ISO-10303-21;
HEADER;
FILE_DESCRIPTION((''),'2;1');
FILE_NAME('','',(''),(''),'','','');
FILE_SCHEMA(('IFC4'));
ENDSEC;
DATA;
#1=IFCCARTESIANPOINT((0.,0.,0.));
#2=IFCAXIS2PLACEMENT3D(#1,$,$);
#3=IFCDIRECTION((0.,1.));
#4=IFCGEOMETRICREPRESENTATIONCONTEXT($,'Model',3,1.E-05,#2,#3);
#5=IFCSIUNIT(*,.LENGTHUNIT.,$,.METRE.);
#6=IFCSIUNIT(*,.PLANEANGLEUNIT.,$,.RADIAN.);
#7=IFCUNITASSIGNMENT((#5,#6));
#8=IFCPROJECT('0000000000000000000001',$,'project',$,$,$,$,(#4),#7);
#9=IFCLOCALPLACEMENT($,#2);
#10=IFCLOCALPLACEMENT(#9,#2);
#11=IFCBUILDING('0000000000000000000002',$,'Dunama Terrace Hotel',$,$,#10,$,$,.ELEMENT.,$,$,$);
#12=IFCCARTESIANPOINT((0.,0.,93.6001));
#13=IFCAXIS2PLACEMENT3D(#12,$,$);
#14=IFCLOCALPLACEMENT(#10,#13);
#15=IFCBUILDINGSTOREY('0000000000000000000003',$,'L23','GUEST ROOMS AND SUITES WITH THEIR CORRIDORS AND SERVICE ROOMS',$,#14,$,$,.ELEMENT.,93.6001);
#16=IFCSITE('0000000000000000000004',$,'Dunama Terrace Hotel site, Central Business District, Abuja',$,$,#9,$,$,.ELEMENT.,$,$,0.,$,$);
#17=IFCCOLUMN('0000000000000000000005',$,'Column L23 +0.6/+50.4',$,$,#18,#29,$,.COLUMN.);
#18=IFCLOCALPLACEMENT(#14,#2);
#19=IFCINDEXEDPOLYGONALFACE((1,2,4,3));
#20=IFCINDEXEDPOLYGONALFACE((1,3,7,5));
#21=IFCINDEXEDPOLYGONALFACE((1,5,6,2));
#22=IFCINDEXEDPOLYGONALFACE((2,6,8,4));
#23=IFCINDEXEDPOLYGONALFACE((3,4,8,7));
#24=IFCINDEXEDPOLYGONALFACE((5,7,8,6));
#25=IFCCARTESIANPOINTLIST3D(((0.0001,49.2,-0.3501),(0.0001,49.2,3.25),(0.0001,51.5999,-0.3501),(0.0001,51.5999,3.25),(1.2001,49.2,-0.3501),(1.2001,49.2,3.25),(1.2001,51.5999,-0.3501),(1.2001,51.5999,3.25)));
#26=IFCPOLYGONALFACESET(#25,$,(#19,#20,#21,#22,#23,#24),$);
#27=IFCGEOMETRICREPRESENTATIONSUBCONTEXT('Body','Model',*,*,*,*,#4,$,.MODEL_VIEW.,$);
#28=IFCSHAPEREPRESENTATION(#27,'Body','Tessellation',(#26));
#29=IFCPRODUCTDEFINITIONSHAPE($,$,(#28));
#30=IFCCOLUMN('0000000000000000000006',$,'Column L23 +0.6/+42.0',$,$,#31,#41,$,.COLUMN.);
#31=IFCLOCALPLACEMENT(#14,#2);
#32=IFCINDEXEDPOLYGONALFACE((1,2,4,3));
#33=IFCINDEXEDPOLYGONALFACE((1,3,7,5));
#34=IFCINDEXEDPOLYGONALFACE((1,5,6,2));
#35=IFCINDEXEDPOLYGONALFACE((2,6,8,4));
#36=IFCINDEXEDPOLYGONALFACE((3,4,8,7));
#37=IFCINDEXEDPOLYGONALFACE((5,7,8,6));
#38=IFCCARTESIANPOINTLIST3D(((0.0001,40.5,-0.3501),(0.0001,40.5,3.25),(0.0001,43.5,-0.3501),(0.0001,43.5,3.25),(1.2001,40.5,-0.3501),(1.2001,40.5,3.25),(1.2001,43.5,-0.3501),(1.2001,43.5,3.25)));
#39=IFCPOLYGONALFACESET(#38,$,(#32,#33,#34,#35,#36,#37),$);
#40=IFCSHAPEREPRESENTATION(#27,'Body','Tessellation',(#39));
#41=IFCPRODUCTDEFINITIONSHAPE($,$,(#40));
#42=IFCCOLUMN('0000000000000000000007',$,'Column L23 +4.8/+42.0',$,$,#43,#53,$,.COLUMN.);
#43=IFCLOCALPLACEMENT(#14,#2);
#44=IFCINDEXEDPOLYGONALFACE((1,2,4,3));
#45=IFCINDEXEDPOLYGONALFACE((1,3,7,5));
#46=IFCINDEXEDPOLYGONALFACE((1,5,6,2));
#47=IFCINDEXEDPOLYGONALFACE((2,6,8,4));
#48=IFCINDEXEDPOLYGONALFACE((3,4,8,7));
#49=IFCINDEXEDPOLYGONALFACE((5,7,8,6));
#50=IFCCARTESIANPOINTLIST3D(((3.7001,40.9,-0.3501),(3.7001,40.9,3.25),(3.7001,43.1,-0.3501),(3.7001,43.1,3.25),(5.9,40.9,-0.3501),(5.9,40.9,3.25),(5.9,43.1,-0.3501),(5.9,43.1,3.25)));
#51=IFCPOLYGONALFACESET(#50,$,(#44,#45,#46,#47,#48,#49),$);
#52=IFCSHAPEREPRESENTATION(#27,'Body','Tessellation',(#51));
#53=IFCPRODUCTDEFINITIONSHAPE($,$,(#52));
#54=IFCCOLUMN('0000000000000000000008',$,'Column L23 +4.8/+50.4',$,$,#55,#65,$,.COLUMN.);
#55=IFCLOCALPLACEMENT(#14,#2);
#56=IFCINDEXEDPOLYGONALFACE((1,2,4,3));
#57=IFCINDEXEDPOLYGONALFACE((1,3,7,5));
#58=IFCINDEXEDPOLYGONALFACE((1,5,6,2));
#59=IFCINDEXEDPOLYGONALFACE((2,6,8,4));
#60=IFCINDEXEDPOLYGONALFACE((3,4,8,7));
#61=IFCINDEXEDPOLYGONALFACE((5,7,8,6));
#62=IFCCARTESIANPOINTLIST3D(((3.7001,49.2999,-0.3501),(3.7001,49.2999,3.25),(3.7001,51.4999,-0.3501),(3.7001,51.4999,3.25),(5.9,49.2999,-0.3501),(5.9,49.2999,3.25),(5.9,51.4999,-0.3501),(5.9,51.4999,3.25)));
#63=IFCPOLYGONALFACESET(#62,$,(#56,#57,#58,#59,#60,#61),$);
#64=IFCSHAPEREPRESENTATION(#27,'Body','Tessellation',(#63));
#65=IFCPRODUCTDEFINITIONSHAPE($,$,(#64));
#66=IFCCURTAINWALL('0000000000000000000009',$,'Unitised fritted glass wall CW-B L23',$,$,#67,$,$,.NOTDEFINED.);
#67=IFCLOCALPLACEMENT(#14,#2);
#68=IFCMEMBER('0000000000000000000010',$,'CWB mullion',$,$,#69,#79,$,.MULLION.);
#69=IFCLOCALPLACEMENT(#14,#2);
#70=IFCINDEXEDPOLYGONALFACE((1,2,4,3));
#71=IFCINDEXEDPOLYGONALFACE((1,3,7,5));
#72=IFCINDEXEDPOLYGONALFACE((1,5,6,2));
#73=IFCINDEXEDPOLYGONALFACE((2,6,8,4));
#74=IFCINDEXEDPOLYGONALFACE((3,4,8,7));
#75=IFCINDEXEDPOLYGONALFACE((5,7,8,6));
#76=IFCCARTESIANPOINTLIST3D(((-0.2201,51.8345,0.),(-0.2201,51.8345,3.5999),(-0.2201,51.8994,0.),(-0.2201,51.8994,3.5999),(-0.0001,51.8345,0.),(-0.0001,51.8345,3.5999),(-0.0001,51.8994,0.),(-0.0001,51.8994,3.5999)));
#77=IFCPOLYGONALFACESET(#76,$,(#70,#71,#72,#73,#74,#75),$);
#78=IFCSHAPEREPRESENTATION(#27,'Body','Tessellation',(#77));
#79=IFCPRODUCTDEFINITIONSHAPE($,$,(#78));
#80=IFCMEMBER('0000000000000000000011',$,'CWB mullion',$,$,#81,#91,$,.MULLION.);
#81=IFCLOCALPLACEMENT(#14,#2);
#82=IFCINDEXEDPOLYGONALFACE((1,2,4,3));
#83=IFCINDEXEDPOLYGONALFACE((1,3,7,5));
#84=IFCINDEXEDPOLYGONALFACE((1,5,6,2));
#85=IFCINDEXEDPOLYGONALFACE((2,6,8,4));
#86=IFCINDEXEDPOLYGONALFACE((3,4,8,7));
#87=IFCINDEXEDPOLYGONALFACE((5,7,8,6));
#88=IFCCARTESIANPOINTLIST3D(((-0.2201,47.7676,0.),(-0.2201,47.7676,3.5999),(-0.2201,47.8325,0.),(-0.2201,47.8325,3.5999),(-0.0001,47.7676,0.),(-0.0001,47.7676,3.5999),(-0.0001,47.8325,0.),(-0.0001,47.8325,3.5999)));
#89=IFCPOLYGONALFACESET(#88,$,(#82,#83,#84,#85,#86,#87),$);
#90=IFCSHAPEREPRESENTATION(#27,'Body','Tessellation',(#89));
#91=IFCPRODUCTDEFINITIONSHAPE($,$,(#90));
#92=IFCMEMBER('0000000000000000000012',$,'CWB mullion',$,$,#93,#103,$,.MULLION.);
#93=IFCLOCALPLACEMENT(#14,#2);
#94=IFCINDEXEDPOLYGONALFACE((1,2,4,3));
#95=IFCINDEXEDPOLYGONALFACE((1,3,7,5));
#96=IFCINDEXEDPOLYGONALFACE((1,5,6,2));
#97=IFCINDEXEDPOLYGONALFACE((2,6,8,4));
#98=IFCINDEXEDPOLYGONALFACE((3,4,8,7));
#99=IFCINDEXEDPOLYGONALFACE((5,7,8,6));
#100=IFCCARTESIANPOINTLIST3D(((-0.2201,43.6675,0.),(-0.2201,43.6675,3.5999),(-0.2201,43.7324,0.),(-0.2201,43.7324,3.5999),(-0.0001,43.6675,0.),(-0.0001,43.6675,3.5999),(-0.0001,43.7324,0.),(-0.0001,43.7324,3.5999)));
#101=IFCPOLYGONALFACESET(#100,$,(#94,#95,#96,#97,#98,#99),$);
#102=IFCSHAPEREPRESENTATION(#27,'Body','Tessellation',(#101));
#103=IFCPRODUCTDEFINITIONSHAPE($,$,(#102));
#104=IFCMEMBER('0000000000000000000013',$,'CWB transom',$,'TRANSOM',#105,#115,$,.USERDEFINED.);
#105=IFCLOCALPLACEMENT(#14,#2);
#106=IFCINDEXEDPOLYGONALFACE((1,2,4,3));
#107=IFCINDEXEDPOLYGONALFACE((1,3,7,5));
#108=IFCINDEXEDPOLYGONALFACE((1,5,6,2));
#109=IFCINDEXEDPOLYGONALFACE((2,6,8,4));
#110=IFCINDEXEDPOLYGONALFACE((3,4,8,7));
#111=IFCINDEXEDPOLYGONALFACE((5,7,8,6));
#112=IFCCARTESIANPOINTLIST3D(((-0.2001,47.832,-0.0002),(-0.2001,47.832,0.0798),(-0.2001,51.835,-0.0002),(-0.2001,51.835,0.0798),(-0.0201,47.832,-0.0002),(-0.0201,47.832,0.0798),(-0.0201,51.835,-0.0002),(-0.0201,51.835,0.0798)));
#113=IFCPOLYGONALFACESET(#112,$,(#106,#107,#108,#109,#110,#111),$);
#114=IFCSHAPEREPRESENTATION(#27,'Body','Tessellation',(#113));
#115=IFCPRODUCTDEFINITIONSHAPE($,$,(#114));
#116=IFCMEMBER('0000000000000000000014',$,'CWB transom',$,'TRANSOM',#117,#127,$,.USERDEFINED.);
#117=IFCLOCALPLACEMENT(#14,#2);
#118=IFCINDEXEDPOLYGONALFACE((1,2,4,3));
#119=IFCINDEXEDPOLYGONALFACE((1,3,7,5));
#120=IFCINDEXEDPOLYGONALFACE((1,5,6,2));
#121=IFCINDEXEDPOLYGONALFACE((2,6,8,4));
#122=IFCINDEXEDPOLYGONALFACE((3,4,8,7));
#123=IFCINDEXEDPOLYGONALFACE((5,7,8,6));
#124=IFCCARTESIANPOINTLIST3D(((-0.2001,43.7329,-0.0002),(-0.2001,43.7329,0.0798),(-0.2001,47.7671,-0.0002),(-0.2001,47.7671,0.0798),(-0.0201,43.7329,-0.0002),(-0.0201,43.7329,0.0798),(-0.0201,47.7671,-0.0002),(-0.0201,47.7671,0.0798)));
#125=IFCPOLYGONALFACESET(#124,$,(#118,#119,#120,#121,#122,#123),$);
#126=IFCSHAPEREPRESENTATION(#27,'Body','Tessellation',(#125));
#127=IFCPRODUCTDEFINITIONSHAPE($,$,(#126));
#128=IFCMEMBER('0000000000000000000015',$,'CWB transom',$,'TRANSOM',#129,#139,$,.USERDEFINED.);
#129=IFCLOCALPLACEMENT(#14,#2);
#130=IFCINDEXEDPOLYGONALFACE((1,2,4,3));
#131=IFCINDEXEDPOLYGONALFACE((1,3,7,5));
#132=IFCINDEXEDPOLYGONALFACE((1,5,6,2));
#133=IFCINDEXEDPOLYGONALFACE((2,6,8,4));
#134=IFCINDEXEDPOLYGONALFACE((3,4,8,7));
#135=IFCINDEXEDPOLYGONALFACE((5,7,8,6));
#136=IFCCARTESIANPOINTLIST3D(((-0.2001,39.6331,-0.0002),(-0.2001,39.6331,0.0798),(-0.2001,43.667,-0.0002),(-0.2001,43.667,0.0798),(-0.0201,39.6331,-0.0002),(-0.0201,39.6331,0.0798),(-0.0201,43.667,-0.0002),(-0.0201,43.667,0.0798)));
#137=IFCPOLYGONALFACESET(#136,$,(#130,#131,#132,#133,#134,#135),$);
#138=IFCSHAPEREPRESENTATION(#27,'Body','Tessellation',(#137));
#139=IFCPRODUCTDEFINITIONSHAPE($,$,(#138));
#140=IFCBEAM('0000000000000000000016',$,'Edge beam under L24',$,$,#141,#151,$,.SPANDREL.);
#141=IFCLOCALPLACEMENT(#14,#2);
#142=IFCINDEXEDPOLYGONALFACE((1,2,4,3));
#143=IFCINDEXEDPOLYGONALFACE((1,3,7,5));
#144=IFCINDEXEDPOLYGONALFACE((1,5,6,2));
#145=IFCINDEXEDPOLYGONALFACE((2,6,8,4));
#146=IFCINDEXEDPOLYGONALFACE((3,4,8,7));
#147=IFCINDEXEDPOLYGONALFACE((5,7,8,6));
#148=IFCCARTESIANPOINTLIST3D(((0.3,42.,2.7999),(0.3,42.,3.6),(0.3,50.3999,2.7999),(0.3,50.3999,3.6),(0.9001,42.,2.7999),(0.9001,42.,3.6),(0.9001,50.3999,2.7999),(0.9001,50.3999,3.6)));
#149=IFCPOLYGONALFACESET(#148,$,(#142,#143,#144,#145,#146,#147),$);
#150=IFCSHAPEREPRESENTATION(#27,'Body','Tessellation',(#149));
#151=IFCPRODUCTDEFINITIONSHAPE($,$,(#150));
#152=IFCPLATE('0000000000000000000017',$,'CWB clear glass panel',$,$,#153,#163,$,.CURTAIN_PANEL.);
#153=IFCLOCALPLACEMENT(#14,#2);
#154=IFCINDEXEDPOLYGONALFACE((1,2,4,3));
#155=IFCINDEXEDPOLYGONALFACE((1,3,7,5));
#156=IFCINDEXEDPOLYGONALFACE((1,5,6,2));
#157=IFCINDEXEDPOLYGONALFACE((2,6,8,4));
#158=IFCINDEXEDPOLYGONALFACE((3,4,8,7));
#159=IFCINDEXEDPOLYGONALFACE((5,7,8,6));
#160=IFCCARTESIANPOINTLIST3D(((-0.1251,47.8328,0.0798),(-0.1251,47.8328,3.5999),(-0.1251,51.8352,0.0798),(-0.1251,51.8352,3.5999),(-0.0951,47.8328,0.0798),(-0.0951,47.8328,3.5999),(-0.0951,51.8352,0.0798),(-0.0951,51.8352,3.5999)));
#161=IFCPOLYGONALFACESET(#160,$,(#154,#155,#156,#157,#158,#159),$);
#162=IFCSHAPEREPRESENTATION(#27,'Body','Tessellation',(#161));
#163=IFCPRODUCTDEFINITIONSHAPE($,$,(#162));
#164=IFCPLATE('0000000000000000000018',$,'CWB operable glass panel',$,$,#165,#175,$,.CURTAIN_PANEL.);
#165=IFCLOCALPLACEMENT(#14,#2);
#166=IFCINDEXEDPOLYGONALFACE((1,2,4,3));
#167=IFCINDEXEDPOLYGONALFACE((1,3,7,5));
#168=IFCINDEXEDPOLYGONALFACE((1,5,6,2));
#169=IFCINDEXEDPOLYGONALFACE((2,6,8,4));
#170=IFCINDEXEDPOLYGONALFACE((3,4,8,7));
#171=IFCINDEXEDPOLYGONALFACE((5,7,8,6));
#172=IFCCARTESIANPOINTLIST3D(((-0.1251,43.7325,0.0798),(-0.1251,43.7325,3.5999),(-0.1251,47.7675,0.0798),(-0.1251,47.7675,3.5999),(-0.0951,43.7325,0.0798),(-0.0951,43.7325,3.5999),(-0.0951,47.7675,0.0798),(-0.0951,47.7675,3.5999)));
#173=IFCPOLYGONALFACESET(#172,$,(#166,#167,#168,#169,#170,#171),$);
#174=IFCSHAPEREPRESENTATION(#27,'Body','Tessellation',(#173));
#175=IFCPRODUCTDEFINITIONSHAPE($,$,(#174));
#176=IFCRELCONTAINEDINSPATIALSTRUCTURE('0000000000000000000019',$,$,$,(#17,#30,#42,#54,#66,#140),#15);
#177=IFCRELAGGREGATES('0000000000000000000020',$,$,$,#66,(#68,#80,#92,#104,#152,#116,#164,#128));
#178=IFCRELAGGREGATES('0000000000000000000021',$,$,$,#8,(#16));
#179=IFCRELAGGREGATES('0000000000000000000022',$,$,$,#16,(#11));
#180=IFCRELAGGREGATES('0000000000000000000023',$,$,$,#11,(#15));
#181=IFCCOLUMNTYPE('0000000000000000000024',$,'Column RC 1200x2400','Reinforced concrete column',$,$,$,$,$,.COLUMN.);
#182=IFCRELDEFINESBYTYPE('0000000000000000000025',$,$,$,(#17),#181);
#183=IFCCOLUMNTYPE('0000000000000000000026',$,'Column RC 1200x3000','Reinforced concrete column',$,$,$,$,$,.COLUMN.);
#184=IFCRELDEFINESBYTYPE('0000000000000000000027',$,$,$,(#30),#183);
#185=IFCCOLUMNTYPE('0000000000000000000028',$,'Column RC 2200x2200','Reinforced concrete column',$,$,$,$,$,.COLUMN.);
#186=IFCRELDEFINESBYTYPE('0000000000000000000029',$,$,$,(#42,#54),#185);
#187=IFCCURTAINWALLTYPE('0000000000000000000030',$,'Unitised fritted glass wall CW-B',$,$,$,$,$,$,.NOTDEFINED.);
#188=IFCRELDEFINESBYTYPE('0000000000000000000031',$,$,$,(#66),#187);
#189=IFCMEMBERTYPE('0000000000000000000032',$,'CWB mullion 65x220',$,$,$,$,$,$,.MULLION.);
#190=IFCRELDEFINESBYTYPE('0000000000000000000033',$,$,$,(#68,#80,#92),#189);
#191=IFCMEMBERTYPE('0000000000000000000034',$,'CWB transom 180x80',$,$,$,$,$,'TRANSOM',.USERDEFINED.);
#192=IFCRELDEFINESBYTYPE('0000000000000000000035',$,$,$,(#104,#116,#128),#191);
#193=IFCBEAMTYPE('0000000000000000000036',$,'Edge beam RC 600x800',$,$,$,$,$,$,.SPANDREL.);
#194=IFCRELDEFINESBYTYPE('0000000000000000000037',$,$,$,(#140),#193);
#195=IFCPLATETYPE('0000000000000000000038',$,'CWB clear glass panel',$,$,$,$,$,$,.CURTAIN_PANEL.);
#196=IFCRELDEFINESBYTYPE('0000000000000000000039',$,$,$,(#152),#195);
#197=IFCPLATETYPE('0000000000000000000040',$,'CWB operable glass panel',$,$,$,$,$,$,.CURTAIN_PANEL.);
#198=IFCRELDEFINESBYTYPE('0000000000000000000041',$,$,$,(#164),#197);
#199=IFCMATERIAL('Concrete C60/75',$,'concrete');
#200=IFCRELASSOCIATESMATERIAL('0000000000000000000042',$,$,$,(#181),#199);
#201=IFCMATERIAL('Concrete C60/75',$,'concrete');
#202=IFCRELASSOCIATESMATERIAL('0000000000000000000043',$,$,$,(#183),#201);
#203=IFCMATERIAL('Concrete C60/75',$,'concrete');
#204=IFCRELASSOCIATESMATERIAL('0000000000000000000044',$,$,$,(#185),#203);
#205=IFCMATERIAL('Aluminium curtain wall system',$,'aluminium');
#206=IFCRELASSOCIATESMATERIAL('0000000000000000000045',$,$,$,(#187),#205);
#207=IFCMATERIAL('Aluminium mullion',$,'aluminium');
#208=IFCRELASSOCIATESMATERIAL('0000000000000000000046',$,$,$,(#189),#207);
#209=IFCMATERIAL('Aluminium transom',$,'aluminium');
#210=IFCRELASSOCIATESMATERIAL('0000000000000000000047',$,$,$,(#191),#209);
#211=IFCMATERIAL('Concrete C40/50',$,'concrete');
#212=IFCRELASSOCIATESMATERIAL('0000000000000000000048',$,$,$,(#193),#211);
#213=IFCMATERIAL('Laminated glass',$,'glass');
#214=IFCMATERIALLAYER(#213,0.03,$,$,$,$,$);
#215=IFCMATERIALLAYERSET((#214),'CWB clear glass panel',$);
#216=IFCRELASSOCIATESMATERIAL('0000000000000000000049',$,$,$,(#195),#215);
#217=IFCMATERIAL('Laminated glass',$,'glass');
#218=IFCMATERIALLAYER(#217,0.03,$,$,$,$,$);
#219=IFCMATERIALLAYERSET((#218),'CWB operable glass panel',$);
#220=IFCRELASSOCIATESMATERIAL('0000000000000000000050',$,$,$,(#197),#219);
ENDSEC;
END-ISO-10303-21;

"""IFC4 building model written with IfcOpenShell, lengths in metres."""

from ifc_helpers import new_model, si_unit, direction, frame, origin, origin_2d, place, context, subcontext, project, spatial, rectangle, extrude, material, layer, layer_set, material_profile, profile_set, type_object, element, aggregate, save


model = new_model("IFC4")

# Units and contexts
model_context = context("Model", 3, precision=1e-05, world=origin(), true_north=direction((0.0, 1.0)))
body_context = subcontext(model_context, "Body", "Model", "MODEL_VIEW")
ifc_project = project(units=[si_unit("LENGTHUNIT", "METRE"), si_unit("PLANEANGLEUNIT", "RADIAN")], contexts=[model_context])

# Site, building, storey
site_placement = place(None, origin())
site = spatial("IfcSite", under=ifc_project, at=site_placement, Name="Dunama Terrace Hotel site, Central Business District, Abuja", CompositionType="ELEMENT", RefElevation=0.0)
building_placement = place(site_placement, origin())
building = spatial("IfcBuilding", under=site, at=building_placement, Name="Dunama Terrace Hotel", CompositionType="ELEMENT")
storey_placement = place(building_placement, frame((0.0, 0.0, 93.6001)))
storey = spatial("IfcBuildingStorey", under=building, at=storey_placement, Name="L23", Description="GUEST ROOMS AND SUITES WITH THEIR CORRIDORS AND SERVICE ROOMS", CompositionType="ELEMENT", Elevation=93.6001)

# Columns
ifc_material_1 = material(Name="Concrete C60/75", Category="concrete")
ifc_material_profile_1 = material_profile(ifc_material_1, rectangle(XDim=1.2, YDim=2.3999, at=origin_2d()), Name="RC 1200x2400")
ifc_profile_set_1 = profile_set([ifc_material_profile_1], Name="Concrete C60/75")
column_type_1 = type_object("IfcColumnType", Name="Column RC 1200x2400", Description="Reinforced concrete column", PredefinedType="COLUMN", material=ifc_profile_set_1)
column_1_placement = place(storey_placement, frame((0.6001, 50.3999, -0.3501), z_axis=(0.0, 0.0, 1.0), x_axis=(1.0, 0.0, 0.0)))
element("IfcColumn", 1, at=column_1_placement, inside=storey, type_object=column_type_1, Name="Column L23 +0.6/+50.4", PredefinedType="COLUMN", context=body_context, shape_type="SweptSolid", body=[
    extrude(rectangle(XDim=1.2, YDim=2.3999, at=origin_2d()), origin(), (0.0, 0.0, 1.0), 3.6001),
])
ifc_material_2 = material(Name="Concrete C60/75", Category="concrete")
ifc_material_profile_2 = material_profile(ifc_material_2, rectangle(XDim=1.2, YDim=3.0, at=origin_2d()), Name="RC 1200x3000")
ifc_profile_set_2 = profile_set([ifc_material_profile_2], Name="Concrete C60/75")
column_type_2 = type_object("IfcColumnType", Name="Column RC 1200x3000", Description="Reinforced concrete column", PredefinedType="COLUMN", material=ifc_profile_set_2)
column_2_placement = place(storey_placement, frame((0.6001, 42.0, -0.3501), z_axis=(0.0, 0.0, 1.0), x_axis=(1.0, 0.0, 0.0)))
element("IfcColumn", 2, at=column_2_placement, inside=storey, type_object=column_type_2, Name="Column L23 +0.6/+42.0", PredefinedType="COLUMN", context=body_context, shape_type="SweptSolid", body=[
    extrude(rectangle(XDim=1.2, YDim=3.0, at=origin_2d()), origin(), (0.0, 0.0, 1.0), 3.6001),
])
ifc_material_3 = material(Name="Concrete C60/75", Category="concrete")
ifc_material_profile_3 = material_profile(ifc_material_3, rectangle(XDim=2.2, YDim=2.2, at=origin_2d()), Name="RC 2200x2200")
ifc_profile_set_3 = profile_set([ifc_material_profile_3], Name="Concrete C60/75")
column_type_3 = type_object("IfcColumnType", Name="Column RC 2200x2200", Description="Reinforced concrete column", PredefinedType="COLUMN", material=ifc_profile_set_3)
for number, where, z_axis, x_axis, name in (
    (3, (4.8, 42.0, -0.3501), (0.0, 0.0, 1.0), (1.0, 0.0, 0.0), "Column L23 +4.8/+42.0"),
    (4, (4.8, 50.3999, -0.3501), (0.0, 0.0, 1.0), (1.0, 0.0, 0.0), "Column L23 +4.8/+50.4"),
):
    element("IfcColumn", number, at=place(storey_placement, frame(where, z_axis=z_axis, x_axis=x_axis)), inside=storey, type_object=column_type_3, Name=name, PredefinedType="COLUMN", context=body_context, shape_type="SweptSolid", body=[
        extrude(rectangle(XDim=2.2, YDim=2.2, at=origin_2d()), origin(), (0.0, 0.0, 1.0), 3.6001),
    ])

# Curtain wall, members
ifc_material_4 = material(Name="Aluminium curtain wall system", Category="aluminium")
curtain_wall_type = type_object("IfcCurtainWallType", Name="Unitised fritted glass wall CW-B", PredefinedType="NOTDEFINED", material=ifc_material_4)
curtain_wall_placement = place(storey_placement, origin())
curtain_wall = element("IfcCurtainWall", 5, at=curtain_wall_placement, inside=storey, type_object=curtain_wall_type, Name="Unitised fritted glass wall CW-B L23", PredefinedType="NOTDEFINED")
ifc_material_5 = material(Name="Aluminium mullion", Category="aluminium")
ifc_material_profile_4 = material_profile(ifc_material_5, rectangle(XDim=0.0649, YDim=0.22, at=origin_2d()), Name="CWB MULLION 65X220")
ifc_profile_set_4 = profile_set([ifc_material_profile_4], Name="Aluminium mullion")
member_type_1 = type_object("IfcMemberType", Name="CWB mullion 65x220", PredefinedType="MULLION", material=ifc_profile_set_4)
member_1_placement = place(storey_placement, frame((-0.1101, 51.8669, 0.0), z_axis=(0.0, 0.0, 1.0), x_axis=(0.0, -1.0, 0.0)))
member_1 = element("IfcMember", 6, at=member_1_placement, type_object=member_type_1, Name="CWB mullion", PredefinedType="MULLION", context=body_context, shape_type="SweptSolid", body=[
    extrude(rectangle(XDim=0.0649, YDim=0.22, at=origin_2d()), origin(), (0.0, 0.0, 1.0), 3.5999),
])
member_2_placement = place(storey_placement, frame((-0.1101, 47.8, 0.0), z_axis=(0.0, 0.0, 1.0), x_axis=(0.0, -1.0, 0.0)))
member_2 = element("IfcMember", 7, at=member_2_placement, type_object=member_type_1, Name="CWB mullion", PredefinedType="MULLION", context=body_context, shape_type="SweptSolid", body=[
    extrude(rectangle(XDim=0.0649, YDim=0.22, at=origin_2d()), origin(), (0.0, 0.0, 1.0), 3.5999),
])
member_3_placement = place(storey_placement, frame((-0.1101, 43.7, 0.0), z_axis=(0.0, 0.0, 1.0), x_axis=(0.0, -1.0, 0.0)))
member_3 = element("IfcMember", 8, at=member_3_placement, type_object=member_type_1, Name="CWB mullion", PredefinedType="MULLION", context=body_context, shape_type="SweptSolid", body=[
    extrude(rectangle(XDim=0.0649, YDim=0.22, at=origin_2d()), origin(), (0.0, 0.0, 1.0), 3.5999),
])
ifc_material_6 = material(Name="Aluminium transom", Category="aluminium")
ifc_material_profile_5 = material_profile(ifc_material_6, rectangle(XDim=0.1799, YDim=0.0801, at=origin_2d()), Name="CWB TRANSOM 180X80")
ifc_profile_set_5 = profile_set([ifc_material_profile_5], Name="Aluminium transom")
member_type_2 = type_object("IfcMemberType", Name="CWB transom 180x80", ElementType="TRANSOM", PredefinedType="USERDEFINED", material=ifc_profile_set_5)
member_4_placement = place(storey_placement, frame((-0.1101, 51.835, 0.0398), z_axis=(0.0, -1.0, 0.0), x_axis=(1.0, 0.0, 0.0)))
member_4 = element("IfcMember", 9, at=member_4_placement, type_object=member_type_2, Name="CWB transom", ObjectType="TRANSOM", PredefinedType="USERDEFINED", context=body_context, shape_type="SweptSolid", body=[
    extrude(rectangle(XDim=0.1799, YDim=0.0801, at=origin_2d()), origin(), (0.0, 0.0, 1.0), 4.0029),
])
member_5_placement = place(storey_placement, frame((-0.1101, 47.7671, 0.0398), z_axis=(0.0, -1.0, 0.0), x_axis=(1.0, 0.0, 0.0)))
member_5 = element("IfcMember", 10, at=member_5_placement, type_object=member_type_2, Name="CWB transom", ObjectType="TRANSOM", PredefinedType="USERDEFINED", context=body_context, shape_type="SweptSolid", body=[
    extrude(rectangle(XDim=0.1799, YDim=0.0801, at=origin_2d()), origin(), (0.0, 0.0, 1.0), 4.0342),
])
member_6_placement = place(storey_placement, frame((-0.1101, 43.667, 0.0398), z_axis=(0.0, -1.0, 0.0), x_axis=(1.0, 0.0, 0.0)))
member_6 = element("IfcMember", 11, at=member_6_placement, type_object=member_type_2, Name="CWB transom", ObjectType="TRANSOM", PredefinedType="USERDEFINED", context=body_context, shape_type="SweptSolid", body=[
    extrude(rectangle(XDim=0.1799, YDim=0.0801, at=origin_2d()), origin(), (0.0, 0.0, 1.0), 4.0339),
])

# Beam
ifc_material_7 = material(Name="Concrete C40/50", Category="concrete")
ifc_material_profile_6 = material_profile(ifc_material_7, rectangle(XDim=0.6001, YDim=0.8, at=origin_2d()), Name="RC 600x800")
ifc_profile_set_6 = profile_set([ifc_material_profile_6], Name="Concrete C40/50")
beam_type = type_object("IfcBeamType", Name="Edge beam RC 600x800", PredefinedType="SPANDREL", material=ifc_profile_set_6)
beam_placement = place(storey_placement, frame((0.6001, 42.0, 3.2), z_axis=(0.0, 1.0, 0.0), x_axis=(-1.0, 0.0, 0.0)))
element("IfcBeam", 12, at=beam_placement, inside=storey, type_object=beam_type, Name="Edge beam under L24", PredefinedType="SPANDREL", context=body_context, shape_type="SweptSolid", body=[
    extrude(rectangle(XDim=0.6001, YDim=0.8, at=origin_2d()), origin(), (0.0, 0.0, 1.0), 8.3999),
])

# Plates
ifc_material_8 = material(Name="Laminated glass", Category="glass")
ifc_layer_1 = layer(ifc_material_8, 0.03)
ifc_layer_set_1 = layer_set([ifc_layer_1], Name="CWB clear glass panel")
plate_type_1 = type_object("IfcPlateType", Name="CWB clear glass panel", PredefinedType="CURTAIN_PANEL", material=ifc_layer_set_1)
plate_1_placement = place(storey_placement, frame((-0.1101, 49.834, 0.0798), z_axis=(0.0, 0.0, 1.0), x_axis=(0.0, -1.0, 0.0)))
plate_1 = element("IfcPlate", 13, at=plate_1_placement, type_object=plate_type_1, Name="CWB clear glass panel", PredefinedType="CURTAIN_PANEL", context=body_context, shape_type="SweptSolid", body=[
    extrude(rectangle(XDim=4.0024, YDim=0.03, at=origin_2d()), origin(), (0.0, 0.0, 1.0), 3.52),
])
ifc_material_9 = material(Name="Laminated glass", Category="glass")
ifc_layer_2 = layer(ifc_material_9, 0.03)
ifc_layer_set_2 = layer_set([ifc_layer_2], Name="CWB operable glass panel")
plate_type_2 = type_object("IfcPlateType", Name="CWB operable glass panel", PredefinedType="CURTAIN_PANEL", material=ifc_layer_set_2)
plate_2_placement = place(storey_placement, frame((-0.1101, 45.75, 0.0798), z_axis=(0.0, 0.0, 1.0), x_axis=(0.0, -1.0, 0.0)))
plate_2 = element("IfcPlate", 14, at=plate_2_placement, type_object=plate_type_2, Name="CWB operable glass panel", PredefinedType="CURTAIN_PANEL", context=body_context, shape_type="SweptSolid", body=[
    extrude(rectangle(XDim=4.0349, YDim=0.03, at=origin_2d()), origin(), (0.0, 0.0, 1.0), 3.52),
])
aggregate(curtain_wall, [member_1, member_2, member_3, member_4, plate_1, member_5, plate_2, member_6])

save(model, "model.ifc")
